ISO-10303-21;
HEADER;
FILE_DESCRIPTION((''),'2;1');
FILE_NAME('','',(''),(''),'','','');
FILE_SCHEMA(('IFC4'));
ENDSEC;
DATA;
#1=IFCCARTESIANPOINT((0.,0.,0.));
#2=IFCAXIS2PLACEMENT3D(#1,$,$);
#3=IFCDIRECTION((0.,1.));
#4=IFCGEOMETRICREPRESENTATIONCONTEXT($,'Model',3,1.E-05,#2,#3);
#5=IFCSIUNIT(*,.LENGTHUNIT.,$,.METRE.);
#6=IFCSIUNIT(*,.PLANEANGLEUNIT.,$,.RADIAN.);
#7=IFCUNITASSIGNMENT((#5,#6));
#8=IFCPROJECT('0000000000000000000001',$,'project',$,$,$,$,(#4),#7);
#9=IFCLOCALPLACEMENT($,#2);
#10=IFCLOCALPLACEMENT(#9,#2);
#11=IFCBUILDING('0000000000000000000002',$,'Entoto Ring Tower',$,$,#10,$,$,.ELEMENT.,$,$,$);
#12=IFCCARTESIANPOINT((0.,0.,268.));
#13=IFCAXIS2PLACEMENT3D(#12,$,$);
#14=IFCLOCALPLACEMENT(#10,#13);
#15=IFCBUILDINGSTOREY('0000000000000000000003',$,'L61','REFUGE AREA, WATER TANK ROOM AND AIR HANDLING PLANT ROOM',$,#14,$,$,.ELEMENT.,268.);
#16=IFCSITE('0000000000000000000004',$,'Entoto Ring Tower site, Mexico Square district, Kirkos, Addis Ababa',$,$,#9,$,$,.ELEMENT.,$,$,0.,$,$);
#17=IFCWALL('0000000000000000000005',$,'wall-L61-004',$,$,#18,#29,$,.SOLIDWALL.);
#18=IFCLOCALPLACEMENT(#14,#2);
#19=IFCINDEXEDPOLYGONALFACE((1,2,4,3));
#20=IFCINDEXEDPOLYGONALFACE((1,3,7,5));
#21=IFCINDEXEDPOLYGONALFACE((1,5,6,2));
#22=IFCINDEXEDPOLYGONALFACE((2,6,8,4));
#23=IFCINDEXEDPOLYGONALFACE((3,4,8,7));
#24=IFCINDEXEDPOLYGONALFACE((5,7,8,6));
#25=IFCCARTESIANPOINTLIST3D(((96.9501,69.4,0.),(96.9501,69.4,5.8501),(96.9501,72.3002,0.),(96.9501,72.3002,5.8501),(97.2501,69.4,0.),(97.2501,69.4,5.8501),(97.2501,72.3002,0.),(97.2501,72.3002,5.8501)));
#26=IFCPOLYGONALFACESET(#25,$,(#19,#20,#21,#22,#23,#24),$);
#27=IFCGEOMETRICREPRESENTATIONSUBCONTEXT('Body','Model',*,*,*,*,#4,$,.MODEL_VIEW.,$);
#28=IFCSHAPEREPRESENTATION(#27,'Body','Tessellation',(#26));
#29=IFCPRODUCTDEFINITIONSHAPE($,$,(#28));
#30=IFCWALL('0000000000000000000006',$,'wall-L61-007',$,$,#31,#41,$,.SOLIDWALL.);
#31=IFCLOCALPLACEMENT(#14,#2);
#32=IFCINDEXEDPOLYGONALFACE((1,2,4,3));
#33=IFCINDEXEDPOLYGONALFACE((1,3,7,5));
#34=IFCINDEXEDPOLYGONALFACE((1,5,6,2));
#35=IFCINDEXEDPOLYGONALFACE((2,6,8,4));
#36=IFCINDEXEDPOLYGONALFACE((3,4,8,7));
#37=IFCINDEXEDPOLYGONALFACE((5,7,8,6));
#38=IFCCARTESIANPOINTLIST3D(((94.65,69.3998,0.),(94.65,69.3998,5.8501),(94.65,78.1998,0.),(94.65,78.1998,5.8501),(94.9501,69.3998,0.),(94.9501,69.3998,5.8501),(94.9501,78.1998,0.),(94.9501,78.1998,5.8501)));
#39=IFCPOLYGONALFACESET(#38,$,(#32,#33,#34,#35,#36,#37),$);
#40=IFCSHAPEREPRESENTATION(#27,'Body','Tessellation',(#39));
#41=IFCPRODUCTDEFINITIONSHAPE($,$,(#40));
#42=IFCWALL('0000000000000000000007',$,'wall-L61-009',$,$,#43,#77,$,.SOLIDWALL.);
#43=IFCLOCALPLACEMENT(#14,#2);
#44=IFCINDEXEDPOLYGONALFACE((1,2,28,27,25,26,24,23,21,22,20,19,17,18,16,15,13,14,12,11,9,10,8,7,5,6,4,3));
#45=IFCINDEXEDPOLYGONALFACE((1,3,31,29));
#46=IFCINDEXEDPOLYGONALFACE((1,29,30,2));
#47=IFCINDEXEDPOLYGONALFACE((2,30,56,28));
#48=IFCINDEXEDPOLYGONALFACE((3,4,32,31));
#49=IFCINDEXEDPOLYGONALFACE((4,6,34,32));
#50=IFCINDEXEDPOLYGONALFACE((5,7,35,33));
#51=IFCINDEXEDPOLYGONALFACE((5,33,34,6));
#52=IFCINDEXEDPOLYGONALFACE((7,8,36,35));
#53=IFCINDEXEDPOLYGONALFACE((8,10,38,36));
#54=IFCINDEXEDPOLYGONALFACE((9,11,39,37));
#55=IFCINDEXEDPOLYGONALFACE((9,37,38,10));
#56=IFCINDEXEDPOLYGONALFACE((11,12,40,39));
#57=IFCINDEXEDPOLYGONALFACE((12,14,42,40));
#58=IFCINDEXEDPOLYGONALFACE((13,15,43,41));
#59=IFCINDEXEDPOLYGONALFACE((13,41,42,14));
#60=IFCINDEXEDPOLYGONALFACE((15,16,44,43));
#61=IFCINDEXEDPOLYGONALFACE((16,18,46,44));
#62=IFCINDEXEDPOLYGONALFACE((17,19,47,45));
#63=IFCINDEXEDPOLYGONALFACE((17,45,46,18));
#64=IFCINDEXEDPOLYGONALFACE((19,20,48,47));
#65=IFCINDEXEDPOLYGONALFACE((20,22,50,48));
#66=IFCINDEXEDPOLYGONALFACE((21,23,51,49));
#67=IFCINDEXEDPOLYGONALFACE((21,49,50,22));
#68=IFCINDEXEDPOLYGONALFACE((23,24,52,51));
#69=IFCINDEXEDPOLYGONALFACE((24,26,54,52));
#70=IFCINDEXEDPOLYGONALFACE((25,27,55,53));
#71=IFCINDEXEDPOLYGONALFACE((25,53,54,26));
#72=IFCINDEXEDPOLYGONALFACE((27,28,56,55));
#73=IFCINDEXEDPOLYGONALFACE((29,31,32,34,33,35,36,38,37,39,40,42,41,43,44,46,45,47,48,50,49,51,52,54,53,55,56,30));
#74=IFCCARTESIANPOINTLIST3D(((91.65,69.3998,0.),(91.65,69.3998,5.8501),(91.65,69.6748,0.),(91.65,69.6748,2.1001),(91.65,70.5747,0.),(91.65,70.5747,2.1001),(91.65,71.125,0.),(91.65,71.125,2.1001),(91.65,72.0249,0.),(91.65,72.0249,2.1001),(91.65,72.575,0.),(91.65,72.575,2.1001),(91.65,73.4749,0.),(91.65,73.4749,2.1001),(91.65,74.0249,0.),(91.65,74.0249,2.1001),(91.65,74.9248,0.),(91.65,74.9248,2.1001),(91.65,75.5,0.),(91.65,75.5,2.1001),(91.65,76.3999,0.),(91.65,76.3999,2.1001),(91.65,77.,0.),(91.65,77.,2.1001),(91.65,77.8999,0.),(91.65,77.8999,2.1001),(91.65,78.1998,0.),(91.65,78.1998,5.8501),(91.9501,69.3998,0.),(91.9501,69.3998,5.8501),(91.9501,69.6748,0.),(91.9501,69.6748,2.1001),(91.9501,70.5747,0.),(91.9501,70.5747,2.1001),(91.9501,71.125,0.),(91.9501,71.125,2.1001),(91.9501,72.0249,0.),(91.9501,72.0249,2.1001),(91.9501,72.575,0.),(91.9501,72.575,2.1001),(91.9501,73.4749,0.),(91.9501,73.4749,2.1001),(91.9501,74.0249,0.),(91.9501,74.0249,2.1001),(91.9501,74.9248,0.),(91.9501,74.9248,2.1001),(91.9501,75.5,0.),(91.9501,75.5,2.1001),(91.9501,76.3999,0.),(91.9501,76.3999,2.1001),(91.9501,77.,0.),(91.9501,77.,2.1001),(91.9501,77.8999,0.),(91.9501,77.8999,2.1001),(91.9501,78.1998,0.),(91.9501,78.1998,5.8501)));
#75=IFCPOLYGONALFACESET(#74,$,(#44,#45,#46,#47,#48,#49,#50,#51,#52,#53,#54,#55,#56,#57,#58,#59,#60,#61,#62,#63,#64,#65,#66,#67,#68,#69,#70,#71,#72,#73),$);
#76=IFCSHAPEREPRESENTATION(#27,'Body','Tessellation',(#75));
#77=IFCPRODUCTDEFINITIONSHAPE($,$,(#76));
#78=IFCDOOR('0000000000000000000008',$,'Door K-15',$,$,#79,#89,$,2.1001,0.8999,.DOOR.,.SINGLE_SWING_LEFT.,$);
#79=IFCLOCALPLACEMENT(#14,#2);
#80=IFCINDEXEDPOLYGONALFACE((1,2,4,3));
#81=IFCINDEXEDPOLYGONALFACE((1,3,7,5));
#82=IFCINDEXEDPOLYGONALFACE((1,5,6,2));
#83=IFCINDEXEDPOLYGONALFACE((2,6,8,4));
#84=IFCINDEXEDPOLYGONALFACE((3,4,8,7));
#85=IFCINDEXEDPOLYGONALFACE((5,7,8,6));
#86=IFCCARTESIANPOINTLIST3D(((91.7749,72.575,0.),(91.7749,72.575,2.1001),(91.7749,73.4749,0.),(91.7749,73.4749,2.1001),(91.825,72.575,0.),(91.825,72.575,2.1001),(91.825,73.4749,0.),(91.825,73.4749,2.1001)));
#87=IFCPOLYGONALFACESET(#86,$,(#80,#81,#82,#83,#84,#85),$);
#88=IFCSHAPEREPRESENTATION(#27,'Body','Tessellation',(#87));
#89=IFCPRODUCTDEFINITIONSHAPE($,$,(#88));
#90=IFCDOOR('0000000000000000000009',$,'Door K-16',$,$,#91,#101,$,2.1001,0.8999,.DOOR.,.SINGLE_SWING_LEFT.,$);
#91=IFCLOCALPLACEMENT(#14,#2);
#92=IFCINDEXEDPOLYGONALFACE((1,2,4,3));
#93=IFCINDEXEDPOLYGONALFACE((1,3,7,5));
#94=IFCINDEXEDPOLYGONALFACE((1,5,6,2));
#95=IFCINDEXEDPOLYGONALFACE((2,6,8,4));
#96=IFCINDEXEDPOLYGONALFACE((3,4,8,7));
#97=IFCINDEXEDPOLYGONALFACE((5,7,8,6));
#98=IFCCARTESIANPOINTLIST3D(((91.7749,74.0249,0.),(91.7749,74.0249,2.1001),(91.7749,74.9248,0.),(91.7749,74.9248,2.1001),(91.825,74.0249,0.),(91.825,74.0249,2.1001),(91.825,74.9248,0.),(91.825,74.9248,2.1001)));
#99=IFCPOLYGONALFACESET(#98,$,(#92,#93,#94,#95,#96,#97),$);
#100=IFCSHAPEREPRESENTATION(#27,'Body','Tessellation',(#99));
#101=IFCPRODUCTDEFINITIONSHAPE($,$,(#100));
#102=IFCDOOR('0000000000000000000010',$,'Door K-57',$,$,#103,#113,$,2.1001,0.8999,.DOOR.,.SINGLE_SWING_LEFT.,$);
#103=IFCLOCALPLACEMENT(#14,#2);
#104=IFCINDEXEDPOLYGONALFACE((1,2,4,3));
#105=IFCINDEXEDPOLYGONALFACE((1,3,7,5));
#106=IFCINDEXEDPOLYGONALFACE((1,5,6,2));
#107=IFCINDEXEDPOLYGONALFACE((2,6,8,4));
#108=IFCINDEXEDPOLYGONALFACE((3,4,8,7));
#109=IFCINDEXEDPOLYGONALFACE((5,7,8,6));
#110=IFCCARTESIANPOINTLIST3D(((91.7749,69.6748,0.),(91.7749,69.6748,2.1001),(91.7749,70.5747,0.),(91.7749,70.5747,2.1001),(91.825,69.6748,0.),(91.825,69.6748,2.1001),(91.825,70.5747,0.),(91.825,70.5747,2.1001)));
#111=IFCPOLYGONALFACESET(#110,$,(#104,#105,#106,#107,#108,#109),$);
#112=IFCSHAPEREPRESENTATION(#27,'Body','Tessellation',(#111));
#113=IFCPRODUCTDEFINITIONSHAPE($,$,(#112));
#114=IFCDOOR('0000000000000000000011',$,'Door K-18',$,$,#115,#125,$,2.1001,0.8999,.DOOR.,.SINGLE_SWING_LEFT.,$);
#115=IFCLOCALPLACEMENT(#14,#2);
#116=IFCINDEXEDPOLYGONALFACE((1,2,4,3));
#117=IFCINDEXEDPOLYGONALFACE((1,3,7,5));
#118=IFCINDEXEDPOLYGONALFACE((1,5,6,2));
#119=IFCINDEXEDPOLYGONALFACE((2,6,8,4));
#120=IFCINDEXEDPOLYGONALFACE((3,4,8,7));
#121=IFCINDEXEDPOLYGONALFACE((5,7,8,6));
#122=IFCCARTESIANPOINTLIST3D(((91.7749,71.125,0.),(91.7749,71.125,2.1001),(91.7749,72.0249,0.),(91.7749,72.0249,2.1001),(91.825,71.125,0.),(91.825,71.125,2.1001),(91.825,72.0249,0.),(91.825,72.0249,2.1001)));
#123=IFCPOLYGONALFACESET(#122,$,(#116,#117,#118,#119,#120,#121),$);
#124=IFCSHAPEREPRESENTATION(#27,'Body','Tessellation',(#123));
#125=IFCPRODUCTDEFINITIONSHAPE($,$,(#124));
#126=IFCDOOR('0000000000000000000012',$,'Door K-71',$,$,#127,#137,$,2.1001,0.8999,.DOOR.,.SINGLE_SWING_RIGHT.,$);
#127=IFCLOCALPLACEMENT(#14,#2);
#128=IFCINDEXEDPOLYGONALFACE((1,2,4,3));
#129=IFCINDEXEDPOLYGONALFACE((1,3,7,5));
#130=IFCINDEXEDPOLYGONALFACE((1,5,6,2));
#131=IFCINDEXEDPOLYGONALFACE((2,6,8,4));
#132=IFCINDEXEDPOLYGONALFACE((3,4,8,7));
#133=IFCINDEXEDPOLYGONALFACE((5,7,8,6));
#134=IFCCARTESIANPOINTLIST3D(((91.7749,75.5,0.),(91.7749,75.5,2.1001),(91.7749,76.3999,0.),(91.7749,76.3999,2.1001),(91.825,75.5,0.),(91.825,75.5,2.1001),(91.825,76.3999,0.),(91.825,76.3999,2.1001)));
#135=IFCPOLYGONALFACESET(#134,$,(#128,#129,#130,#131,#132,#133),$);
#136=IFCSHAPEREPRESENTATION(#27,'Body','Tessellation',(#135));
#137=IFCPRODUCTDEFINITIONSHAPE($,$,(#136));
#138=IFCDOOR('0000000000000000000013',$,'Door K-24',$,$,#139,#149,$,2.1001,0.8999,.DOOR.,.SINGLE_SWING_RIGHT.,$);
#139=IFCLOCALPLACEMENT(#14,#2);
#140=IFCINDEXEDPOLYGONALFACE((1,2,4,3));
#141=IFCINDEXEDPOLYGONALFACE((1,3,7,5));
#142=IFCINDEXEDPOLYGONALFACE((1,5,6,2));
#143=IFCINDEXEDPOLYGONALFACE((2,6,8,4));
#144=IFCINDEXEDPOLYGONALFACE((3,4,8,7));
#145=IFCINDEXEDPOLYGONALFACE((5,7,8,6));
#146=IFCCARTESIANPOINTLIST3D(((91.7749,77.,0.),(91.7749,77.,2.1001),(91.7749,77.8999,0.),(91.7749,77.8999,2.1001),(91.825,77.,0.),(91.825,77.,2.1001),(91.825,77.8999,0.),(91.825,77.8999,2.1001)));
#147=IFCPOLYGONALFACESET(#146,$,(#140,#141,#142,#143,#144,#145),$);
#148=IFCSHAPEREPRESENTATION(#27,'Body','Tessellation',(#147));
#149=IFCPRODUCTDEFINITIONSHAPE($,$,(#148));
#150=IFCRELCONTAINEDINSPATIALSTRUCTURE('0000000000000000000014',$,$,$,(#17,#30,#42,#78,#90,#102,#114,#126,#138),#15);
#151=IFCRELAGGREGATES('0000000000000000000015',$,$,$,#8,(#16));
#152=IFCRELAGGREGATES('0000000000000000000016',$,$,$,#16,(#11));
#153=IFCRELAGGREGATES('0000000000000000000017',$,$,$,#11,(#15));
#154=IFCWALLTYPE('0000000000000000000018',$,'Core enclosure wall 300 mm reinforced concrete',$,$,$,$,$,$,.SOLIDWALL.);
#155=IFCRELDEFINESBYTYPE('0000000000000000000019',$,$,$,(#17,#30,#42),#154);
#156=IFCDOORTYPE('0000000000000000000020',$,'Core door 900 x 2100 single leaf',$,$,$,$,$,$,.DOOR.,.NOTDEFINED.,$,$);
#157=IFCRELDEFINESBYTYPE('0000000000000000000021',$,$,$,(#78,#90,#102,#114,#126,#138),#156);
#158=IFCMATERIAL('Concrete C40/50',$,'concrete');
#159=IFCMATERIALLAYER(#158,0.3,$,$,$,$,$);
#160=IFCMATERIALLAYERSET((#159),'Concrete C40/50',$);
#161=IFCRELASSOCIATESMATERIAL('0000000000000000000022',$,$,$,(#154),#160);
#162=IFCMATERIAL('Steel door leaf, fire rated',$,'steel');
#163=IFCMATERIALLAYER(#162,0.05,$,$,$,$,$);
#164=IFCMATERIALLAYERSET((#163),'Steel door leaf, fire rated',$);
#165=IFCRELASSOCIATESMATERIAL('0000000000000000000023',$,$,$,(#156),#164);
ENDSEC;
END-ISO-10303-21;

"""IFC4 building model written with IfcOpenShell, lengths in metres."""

from ifc_helpers import new_model, si_unit, direction, frame, frame_2d, origin, place, context, subcontext, project, spatial, rectangle, extrude, material, layer, layer_set, type_object, element, fill, save


model = new_model("IFC4")

# Units and contexts
model_context = context("Model", 3, precision=1e-05, world=origin(), true_north=direction((0.0, 1.0)))
body_context = subcontext(model_context, "Body", "Model", "MODEL_VIEW")
ifc_project = project(units=[si_unit("LENGTHUNIT", "METRE"), si_unit("PLANEANGLEUNIT", "RADIAN")], contexts=[model_context])

# Site, building, storey
site_placement = place(None, origin())
site = spatial("IfcSite", under=ifc_project, at=site_placement, Name="Entoto Ring Tower site, Mexico Square district, Kirkos, Addis Ababa", CompositionType="ELEMENT", RefElevation=0.0)
building_placement = place(site_placement, origin())
building = spatial("IfcBuilding", under=site, at=building_placement, Name="Entoto Ring Tower", CompositionType="ELEMENT")
storey_placement = place(building_placement, frame((0.0, 0.0, 268.0)))
storey = spatial("IfcBuildingStorey", under=building, at=storey_placement, Name="L61", Description="REFUGE AREA, WATER TANK ROOM AND AIR HANDLING PLANT ROOM", CompositionType="ELEMENT", Elevation=268.0)

# Walls
ifc_material_1 = material(Name="Concrete C40/50", Category="concrete")
ifc_layer_1 = layer(ifc_material_1, 0.3)
ifc_layer_set_1 = layer_set([ifc_layer_1], Name="Concrete C40/50")
wall_type_1 = type_object("IfcWallType", Name="Core enclosure wall 300 mm reinforced concrete", PredefinedType="SOLIDWALL", material=ifc_layer_set_1)
wall_1_placement = place(storey_placement, frame((97.1001, 69.3999, 0.0), z_axis=(0.0, 0.0, 1.0), x_axis=(0.0, 1.0, 0.0)))
element("IfcWall", 1, at=wall_1_placement, inside=storey, type_object=wall_type_1, Name="wall-L61-004", PredefinedType="SOLIDWALL", context=body_context, shape_type="SweptSolid", body=[
    extrude(rectangle(XDim=2.9001, YDim=0.3, at=frame_2d((1.4502, 0.0))), origin(), (0.0, 0.0, 1.0), 5.8501),
])
wall_2_placement = place(storey_placement, frame((94.8, 69.3999, 0.0), z_axis=(0.0, 0.0, 1.0), x_axis=(0.0, 1.0, 0.0)))
element("IfcWall", 2, at=wall_2_placement, inside=storey, type_object=wall_type_1, Name="wall-L61-007", PredefinedType="SOLIDWALL", context=body_context, shape_type="SweptSolid", body=[
    extrude(rectangle(XDim=8.8, YDim=0.3, at=frame_2d((4.3999, 0.0))), origin(), (0.0, 0.0, 1.0), 5.8501),
])

# Wall, openings, doors
wall_3_placement = place(storey_placement, frame((91.8, 69.3999, 0.0), z_axis=(0.0, 0.0, 1.0), x_axis=(0.0, 1.0, 0.0)))
wall_3 = element("IfcWall", 3, at=wall_3_placement, inside=storey, type_object=wall_type_1, Name="wall-L61-009", PredefinedType="SOLIDWALL", context=body_context, shape_type="SweptSolid", body=[
    extrude(rectangle(XDim=8.8, YDim=0.3, at=frame_2d((4.3999, 0.0))), origin(), (0.0, 0.0, 1.0), 5.8501),
])
opening_1_placement = place(wall_3_placement, frame((3.175, 0.0, 0.0)))
opening_1 = element("IfcOpeningElement", 4, at=opening_1_placement, cuts=wall_3, PredefinedType="OPENING", context=body_context, shape_type="SweptSolid", body=[
    extrude(rectangle(XDim=0.8999, YDim=2.1001, at=frame_2d((0.45, 1.05))), frame((0.0, 0.1602, 0.0), z_axis=(0.0, -1.0, 0.0), x_axis=(1.0, 0.0, 0.0)), (0.0, 0.0, 1.0), 0.3201),
])
opening_2_placement = place(wall_3_placement, frame((4.625, 0.0, 0.0)))
opening_2 = element("IfcOpeningElement", 5, at=opening_2_placement, cuts=wall_3, PredefinedType="OPENING", context=body_context, shape_type="SweptSolid", body=[
    extrude(rectangle(XDim=0.8999, YDim=2.1001, at=frame_2d((0.45, 1.05))), frame((0.0, 0.1602, 0.0), z_axis=(0.0, -1.0, 0.0), x_axis=(1.0, 0.0, 0.0)), (0.0, 0.0, 1.0), 0.3201),
])
opening_3_placement = place(wall_3_placement, frame((0.2749, 0.0, 0.0)))
opening_3 = element("IfcOpeningElement", 6, at=opening_3_placement, cuts=wall_3, PredefinedType="OPENING", context=body_context, shape_type="SweptSolid", body=[
    extrude(rectangle(XDim=0.8999, YDim=2.1001, at=frame_2d((0.45, 1.05))), frame((0.0, 0.1602, 0.0), z_axis=(0.0, -1.0, 0.0), x_axis=(1.0, 0.0, 0.0)), (0.0, 0.0, 1.0), 0.3201),
])
opening_4_placement = place(wall_3_placement, frame((1.7251, 0.0, 0.0)))
opening_4 = element("IfcOpeningElement", 7, at=opening_4_placement, cuts=wall_3, PredefinedType="OPENING", context=body_context, shape_type="SweptSolid", body=[
    extrude(rectangle(XDim=0.8999, YDim=2.1001, at=frame_2d((0.45, 1.05))), frame((0.0, 0.1602, 0.0), z_axis=(0.0, -1.0, 0.0), x_axis=(1.0, 0.0, 0.0)), (0.0, 0.0, 1.0), 0.3201),
])
opening_5_placement = place(wall_3_placement, frame((6.1001, 0.0, 0.0)))
opening_5 = element("IfcOpeningElement", 8, at=opening_5_placement, cuts=wall_3, PredefinedType="OPENING", context=body_context, shape_type="SweptSolid", body=[
    extrude(rectangle(XDim=0.8999, YDim=2.1001, at=frame_2d((0.45, 1.05))), frame((0.0, 0.1602, 0.0), z_axis=(0.0, -1.0, 0.0), x_axis=(1.0, 0.0, 0.0)), (0.0, 0.0, 1.0), 0.3201),
])
opening_6_placement = place(wall_3_placement, frame((7.6001, 0.0, 0.0)))
opening_6 = element("IfcOpeningElement", 9, at=opening_6_placement, cuts=wall_3, PredefinedType="OPENING", context=body_context, shape_type="SweptSolid", body=[
    extrude(rectangle(XDim=0.8999, YDim=2.1001, at=frame_2d((0.45, 1.05))), frame((0.0, 0.1602, 0.0), z_axis=(0.0, -1.0, 0.0), x_axis=(1.0, 0.0, 0.0)), (0.0, 0.0, 1.0), 0.3201),
])
ifc_material_2 = material(Name="Steel door leaf, fire rated", Category="steel")
ifc_layer_2 = layer(ifc_material_2, 0.05)
ifc_layer_set_2 = layer_set([ifc_layer_2], Name="Steel door leaf, fire rated")
door_type_1 = type_object("IfcDoorType", Name="Core door 900 x 2100 single leaf", OperationType="NOTDEFINED", PredefinedType="DOOR", material=ifc_layer_set_2)
door_1_placement = place(opening_1_placement, frame((0.8999, 0.0, 0.0), z_axis=(0.0, 0.0, 1.0), x_axis=(-1.0, 0.0, 0.0)))
door_1 = element("IfcDoor", 10, at=door_1_placement, inside=storey, type_object=door_type_1, Name="Door K-15", OperationType="SINGLE_SWING_LEFT", OverallHeight=2.1001, OverallWidth=0.8999, PredefinedType="DOOR", context=body_context, shape_type="SweptSolid", body=[
    extrude(rectangle(XDim=0.8999, YDim=2.1001, at=frame_2d((0.45, 1.05))), frame((0.0, 0.0249, 0.0), z_axis=(0.0, -1.0, 0.0), x_axis=(1.0, 0.0, 0.0)), (0.0, 0.0, 1.0), 0.05),
])
fill(opening_1, door_1)
door_2_placement = place(opening_2_placement, frame((0.8999, 0.0, 0.0), z_axis=(0.0, 0.0, 1.0), x_axis=(-1.0, 0.0, 0.0)))
door_2 = element("IfcDoor", 11, at=door_2_placement, inside=storey, type_object=door_type_1, Name="Door K-16", OperationType="SINGLE_SWING_LEFT", OverallHeight=2.1001, OverallWidth=0.8999, PredefinedType="DOOR", context=body_context, shape_type="SweptSolid", body=[
    extrude(rectangle(XDim=0.8999, YDim=2.1001, at=frame_2d((0.45, 1.05))), frame((0.0, 0.0249, 0.0), z_axis=(0.0, -1.0, 0.0), x_axis=(1.0, 0.0, 0.0)), (0.0, 0.0, 1.0), 0.05),
])
fill(opening_2, door_2)
door_3_placement = place(opening_3_placement, frame((0.8999, 0.0, 0.0), z_axis=(0.0, 0.0, 1.0), x_axis=(-1.0, 0.0, 0.0)))
door_3 = element("IfcDoor", 12, at=door_3_placement, inside=storey, type_object=door_type_1, Name="Door K-57", OperationType="SINGLE_SWING_LEFT", OverallHeight=2.1001, OverallWidth=0.8999, PredefinedType="DOOR", context=body_context, shape_type="SweptSolid", body=[
    extrude(rectangle(XDim=0.8999, YDim=2.1001, at=frame_2d((0.45, 1.05))), frame((0.0, 0.0249, 0.0), z_axis=(0.0, -1.0, 0.0), x_axis=(1.0, 0.0, 0.0)), (0.0, 0.0, 1.0), 0.05),
])
fill(opening_3, door_3)
door_4_placement = place(opening_4_placement, frame((0.8999, 0.0, 0.0), z_axis=(0.0, 0.0, 1.0), x_axis=(-1.0, 0.0, 0.0)))
door_4 = element("IfcDoor", 13, at=door_4_placement, inside=storey, type_object=door_type_1, Name="Door K-18", OperationType="SINGLE_SWING_LEFT", OverallHeight=2.1001, OverallWidth=0.8999, PredefinedType="DOOR", context=body_context, shape_type="SweptSolid", body=[
    extrude(rectangle(XDim=0.8999, YDim=2.1001, at=frame_2d((0.45, 1.05))), frame((0.0, 0.0249, 0.0), z_axis=(0.0, -1.0, 0.0), x_axis=(1.0, 0.0, 0.0)), (0.0, 0.0, 1.0), 0.05),
])
fill(opening_4, door_4)
door_5_placement = place(opening_5_placement, frame((0.8999, 0.0, 0.0), z_axis=(0.0, 0.0, 1.0), x_axis=(-1.0, 0.0, 0.0)))
door_5 = element("IfcDoor", 14, at=door_5_placement, inside=storey, type_object=door_type_1, Name="Door K-71", OperationType="SINGLE_SWING_RIGHT", OverallHeight=2.1001, OverallWidth=0.8999, PredefinedType="DOOR", context=body_context, shape_type="SweptSolid", body=[
    extrude(rectangle(XDim=0.8999, YDim=2.1001, at=frame_2d((0.45, 1.05))), frame((0.0, 0.0249, 0.0), z_axis=(0.0, -1.0, 0.0), x_axis=(1.0, 0.0, 0.0)), (0.0, 0.0, 1.0), 0.05),
])
fill(opening_5, door_5)
door_6_placement = place(opening_6_placement, frame((0.8999, 0.0, 0.0), z_axis=(0.0, 0.0, 1.0), x_axis=(-1.0, 0.0, 0.0)))
door_6 = element("IfcDoor", 15, at=door_6_placement, inside=storey, type_object=door_type_1, Name="Door K-24", OperationType="SINGLE_SWING_RIGHT", OverallHeight=2.1001, OverallWidth=0.8999, PredefinedType="DOOR", context=body_context, shape_type="SweptSolid", body=[
    extrude(rectangle(XDim=0.8999, YDim=2.1001, at=frame_2d((0.45, 1.05))), frame((0.0, 0.0249, 0.0), z_axis=(0.0, -1.0, 0.0), x_axis=(1.0, 0.0, 0.0)), (0.0, 0.0, 1.0), 0.05),
])
fill(opening_6, door_6)

save(model, "model.ifc")
